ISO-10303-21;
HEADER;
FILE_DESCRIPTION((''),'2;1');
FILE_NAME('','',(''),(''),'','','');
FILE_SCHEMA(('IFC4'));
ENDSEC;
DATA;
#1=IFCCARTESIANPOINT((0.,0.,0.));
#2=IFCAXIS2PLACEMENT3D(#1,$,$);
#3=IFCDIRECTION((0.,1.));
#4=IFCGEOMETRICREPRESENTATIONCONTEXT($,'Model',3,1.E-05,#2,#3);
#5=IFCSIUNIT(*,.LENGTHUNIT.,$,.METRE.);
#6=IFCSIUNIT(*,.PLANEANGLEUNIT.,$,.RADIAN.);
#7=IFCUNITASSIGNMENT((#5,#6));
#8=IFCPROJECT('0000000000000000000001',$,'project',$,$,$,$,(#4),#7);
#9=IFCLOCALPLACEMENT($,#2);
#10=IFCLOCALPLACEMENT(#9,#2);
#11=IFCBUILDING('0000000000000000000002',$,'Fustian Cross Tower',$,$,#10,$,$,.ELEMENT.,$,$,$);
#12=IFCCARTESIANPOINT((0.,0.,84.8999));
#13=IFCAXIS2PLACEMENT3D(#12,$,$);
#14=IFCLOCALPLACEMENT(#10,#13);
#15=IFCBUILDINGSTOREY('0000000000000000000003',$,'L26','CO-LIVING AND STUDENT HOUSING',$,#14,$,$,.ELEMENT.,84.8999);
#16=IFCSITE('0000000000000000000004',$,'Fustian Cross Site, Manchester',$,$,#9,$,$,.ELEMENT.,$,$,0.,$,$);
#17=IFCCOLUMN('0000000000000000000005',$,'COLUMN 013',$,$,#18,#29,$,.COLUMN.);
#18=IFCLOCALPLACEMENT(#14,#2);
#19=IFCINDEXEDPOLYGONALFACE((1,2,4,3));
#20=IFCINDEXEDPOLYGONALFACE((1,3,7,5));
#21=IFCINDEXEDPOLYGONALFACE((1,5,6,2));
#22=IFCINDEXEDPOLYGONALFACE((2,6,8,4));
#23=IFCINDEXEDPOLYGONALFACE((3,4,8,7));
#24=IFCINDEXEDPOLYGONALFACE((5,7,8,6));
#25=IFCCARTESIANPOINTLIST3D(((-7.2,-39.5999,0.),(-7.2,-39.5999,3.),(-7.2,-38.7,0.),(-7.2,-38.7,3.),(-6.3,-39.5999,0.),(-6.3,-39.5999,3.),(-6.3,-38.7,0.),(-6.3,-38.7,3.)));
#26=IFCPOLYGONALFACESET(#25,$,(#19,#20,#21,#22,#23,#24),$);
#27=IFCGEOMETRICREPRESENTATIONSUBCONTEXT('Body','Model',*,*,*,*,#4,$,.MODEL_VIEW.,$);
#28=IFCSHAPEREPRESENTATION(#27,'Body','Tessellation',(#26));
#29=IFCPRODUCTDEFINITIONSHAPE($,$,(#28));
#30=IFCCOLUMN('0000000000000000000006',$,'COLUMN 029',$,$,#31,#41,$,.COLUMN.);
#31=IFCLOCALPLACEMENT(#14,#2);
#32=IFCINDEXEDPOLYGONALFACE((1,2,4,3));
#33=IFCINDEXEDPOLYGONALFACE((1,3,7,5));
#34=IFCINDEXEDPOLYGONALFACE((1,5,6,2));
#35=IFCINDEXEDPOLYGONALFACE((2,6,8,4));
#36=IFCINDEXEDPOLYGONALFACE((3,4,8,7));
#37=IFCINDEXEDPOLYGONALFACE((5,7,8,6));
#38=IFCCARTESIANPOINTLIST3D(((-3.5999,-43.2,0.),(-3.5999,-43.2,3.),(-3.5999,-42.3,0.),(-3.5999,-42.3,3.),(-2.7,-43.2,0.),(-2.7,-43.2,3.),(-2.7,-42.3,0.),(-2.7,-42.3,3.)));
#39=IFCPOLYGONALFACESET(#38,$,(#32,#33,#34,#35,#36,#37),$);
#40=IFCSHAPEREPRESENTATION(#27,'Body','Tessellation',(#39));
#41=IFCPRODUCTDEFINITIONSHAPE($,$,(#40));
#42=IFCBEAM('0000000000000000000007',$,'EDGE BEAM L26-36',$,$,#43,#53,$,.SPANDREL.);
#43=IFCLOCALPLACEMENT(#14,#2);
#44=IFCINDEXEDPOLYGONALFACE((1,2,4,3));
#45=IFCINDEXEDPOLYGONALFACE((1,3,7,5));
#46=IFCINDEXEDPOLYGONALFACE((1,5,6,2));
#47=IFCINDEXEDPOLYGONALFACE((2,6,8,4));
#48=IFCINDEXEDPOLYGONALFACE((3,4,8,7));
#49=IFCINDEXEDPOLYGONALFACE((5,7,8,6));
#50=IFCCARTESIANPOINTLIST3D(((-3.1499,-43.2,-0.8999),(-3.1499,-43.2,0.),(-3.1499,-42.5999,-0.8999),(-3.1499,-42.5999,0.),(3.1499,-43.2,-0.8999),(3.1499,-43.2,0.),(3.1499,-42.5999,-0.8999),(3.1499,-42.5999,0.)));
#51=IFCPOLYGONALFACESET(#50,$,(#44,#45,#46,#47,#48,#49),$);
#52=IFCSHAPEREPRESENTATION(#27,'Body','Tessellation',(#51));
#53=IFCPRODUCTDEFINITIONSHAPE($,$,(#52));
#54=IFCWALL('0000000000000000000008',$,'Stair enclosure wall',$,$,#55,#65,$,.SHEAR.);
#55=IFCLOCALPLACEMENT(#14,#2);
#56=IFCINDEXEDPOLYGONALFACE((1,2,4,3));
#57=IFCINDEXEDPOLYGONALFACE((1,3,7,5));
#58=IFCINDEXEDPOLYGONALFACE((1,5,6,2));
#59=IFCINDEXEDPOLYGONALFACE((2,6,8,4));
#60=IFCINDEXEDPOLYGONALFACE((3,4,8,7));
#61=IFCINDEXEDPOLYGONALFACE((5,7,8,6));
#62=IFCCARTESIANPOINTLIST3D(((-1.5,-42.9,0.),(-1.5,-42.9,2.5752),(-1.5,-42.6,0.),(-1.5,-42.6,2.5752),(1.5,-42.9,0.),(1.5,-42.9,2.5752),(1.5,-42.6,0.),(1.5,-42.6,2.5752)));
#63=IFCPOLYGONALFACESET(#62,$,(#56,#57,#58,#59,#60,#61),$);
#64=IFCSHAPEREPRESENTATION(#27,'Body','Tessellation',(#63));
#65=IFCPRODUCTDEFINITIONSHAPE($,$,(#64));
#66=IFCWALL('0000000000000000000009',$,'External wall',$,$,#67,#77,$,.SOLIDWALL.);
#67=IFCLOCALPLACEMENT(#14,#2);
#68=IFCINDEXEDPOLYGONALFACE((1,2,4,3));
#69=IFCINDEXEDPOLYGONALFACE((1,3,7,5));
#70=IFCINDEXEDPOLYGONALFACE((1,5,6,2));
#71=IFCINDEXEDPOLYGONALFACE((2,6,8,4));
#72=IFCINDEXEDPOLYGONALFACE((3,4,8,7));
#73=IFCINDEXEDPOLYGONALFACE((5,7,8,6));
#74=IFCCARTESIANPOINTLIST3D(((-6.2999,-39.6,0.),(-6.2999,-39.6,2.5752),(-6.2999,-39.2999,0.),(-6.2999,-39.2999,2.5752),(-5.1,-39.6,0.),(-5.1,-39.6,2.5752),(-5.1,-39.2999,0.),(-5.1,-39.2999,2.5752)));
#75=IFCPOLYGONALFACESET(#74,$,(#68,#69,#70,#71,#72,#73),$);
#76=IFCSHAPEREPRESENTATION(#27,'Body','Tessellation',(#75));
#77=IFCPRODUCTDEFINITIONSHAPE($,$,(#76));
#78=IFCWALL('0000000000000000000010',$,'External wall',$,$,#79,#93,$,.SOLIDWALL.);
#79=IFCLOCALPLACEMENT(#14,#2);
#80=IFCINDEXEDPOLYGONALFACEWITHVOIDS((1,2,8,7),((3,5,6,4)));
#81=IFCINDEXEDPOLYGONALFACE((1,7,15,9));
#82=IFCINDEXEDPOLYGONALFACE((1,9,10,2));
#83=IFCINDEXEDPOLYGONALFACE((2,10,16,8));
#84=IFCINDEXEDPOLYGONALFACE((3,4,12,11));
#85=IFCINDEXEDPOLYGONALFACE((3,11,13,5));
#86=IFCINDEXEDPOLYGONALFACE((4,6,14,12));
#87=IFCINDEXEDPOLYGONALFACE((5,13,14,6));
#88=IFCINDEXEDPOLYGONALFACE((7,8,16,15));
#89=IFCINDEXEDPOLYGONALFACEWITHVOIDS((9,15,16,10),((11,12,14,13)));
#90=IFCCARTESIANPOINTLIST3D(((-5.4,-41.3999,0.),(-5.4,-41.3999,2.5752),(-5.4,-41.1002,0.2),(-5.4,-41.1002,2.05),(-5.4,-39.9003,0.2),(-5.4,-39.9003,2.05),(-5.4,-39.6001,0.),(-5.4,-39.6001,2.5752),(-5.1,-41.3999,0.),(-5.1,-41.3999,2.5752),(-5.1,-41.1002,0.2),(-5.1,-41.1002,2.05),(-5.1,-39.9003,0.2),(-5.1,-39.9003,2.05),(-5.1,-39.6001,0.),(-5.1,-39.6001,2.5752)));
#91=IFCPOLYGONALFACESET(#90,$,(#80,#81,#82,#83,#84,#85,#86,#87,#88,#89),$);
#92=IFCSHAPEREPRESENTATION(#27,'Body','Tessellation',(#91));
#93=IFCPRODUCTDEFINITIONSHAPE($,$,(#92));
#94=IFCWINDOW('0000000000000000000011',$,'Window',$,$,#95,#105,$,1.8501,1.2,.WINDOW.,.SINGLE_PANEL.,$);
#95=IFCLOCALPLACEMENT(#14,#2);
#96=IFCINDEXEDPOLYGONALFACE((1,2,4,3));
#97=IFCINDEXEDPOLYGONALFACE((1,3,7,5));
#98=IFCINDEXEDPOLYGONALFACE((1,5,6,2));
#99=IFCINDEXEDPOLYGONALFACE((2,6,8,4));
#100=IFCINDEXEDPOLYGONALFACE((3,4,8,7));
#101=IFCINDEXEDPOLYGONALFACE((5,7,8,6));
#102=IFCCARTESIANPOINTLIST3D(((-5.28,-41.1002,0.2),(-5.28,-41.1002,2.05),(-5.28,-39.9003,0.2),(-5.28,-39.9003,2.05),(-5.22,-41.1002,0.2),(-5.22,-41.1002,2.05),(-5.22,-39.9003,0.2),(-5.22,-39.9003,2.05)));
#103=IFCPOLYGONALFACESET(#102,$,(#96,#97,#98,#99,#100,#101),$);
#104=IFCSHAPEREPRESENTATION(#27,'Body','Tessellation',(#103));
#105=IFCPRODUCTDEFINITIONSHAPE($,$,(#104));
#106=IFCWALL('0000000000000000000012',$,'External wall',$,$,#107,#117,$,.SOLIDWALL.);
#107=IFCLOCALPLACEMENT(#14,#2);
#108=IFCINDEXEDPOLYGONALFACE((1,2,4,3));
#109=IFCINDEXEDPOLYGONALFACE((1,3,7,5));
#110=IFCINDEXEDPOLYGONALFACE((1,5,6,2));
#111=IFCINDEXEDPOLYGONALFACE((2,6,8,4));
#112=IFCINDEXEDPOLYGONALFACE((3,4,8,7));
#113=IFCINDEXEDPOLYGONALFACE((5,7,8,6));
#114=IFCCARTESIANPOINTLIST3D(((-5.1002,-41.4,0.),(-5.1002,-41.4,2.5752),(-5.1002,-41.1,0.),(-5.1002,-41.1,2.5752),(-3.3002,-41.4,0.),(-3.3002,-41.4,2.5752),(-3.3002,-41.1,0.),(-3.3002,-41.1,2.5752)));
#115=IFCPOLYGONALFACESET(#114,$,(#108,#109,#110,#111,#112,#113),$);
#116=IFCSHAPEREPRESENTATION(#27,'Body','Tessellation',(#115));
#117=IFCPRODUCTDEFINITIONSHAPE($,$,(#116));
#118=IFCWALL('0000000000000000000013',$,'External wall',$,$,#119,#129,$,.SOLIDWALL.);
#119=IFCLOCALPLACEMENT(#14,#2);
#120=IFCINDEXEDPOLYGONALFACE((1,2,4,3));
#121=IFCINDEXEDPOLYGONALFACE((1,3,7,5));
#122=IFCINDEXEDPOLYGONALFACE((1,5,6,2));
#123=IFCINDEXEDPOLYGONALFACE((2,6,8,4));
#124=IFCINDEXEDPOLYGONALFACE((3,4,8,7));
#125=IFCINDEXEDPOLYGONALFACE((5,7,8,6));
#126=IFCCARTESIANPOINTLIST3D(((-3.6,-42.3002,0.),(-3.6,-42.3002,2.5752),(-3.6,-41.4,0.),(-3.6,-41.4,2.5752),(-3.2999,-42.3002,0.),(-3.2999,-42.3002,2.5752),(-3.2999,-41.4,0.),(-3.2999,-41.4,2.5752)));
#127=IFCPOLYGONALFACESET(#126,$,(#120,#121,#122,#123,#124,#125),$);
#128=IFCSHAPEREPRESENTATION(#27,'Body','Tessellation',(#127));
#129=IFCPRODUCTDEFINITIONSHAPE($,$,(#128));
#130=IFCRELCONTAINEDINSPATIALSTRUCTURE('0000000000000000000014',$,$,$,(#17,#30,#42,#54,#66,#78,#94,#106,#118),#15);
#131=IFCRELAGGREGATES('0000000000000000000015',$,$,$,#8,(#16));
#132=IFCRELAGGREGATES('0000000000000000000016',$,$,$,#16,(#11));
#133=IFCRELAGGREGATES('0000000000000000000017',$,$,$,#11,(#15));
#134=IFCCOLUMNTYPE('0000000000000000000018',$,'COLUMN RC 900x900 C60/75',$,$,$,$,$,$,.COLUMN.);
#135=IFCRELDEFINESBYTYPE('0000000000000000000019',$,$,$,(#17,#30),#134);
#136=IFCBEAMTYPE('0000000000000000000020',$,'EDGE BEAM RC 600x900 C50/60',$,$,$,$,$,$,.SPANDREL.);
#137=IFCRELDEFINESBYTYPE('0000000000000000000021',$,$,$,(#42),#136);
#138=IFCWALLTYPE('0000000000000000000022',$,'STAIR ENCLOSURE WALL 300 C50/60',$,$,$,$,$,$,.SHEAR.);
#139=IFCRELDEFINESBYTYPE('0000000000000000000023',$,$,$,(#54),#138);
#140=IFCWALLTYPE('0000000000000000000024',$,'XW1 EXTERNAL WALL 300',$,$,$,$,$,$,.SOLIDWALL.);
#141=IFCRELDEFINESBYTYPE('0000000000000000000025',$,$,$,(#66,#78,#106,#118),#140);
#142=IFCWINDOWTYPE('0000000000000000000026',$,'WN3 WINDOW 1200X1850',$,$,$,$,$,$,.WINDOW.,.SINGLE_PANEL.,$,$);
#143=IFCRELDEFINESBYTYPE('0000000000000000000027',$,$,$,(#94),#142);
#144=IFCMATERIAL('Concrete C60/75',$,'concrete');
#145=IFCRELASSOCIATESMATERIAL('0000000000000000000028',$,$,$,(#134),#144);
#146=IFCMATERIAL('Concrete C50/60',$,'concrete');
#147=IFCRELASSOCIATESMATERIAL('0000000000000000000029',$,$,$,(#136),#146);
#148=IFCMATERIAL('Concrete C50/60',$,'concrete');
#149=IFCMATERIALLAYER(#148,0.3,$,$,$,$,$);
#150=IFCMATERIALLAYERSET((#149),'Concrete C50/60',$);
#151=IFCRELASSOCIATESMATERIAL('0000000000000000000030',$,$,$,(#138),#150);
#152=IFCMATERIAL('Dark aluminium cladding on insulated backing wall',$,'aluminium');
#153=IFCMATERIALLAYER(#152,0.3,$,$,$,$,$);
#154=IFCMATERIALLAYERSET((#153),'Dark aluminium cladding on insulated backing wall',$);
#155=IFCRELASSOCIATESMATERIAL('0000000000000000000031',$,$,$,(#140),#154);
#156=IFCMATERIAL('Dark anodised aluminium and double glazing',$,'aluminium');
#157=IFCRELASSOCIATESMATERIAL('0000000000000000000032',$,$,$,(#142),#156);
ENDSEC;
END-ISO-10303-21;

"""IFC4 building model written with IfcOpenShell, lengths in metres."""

from ifc_helpers import new_model, si_unit, direction, frame, frame_2d, origin, origin_2d, place, context, subcontext, project, spatial, rectangle, extrude, material, layer, layer_set, material_profile, profile_set, type_object, element, fill, save


model = new_model("IFC4")

# Units and contexts
model_context = context("Model", 3, precision=1e-05, world=origin(), true_north=direction((0.0, 1.0)))
body_context = subcontext(model_context, "Body", "Model", "MODEL_VIEW")
ifc_project = project(units=[si_unit("LENGTHUNIT", "METRE"), si_unit("PLANEANGLEUNIT", "RADIAN")], contexts=[model_context])

# Site, building, storey
site_placement = place(None, origin())
site = spatial("IfcSite", under=ifc_project, at=site_placement, Name="Fustian Cross Site, Manchester", CompositionType="ELEMENT", RefElevation=0.0)
building_placement = place(site_placement, origin())
building = spatial("IfcBuilding", under=site, at=building_placement, Name="Fustian Cross Tower", CompositionType="ELEMENT")
storey_placement = place(building_placement, frame((0.0, 0.0, 84.8999)))
storey = spatial("IfcBuildingStorey", under=building, at=storey_placement, Name="L26", Description="CO-LIVING AND STUDENT HOUSING", CompositionType="ELEMENT", Elevation=84.8999)

# Columns
ifc_material_1 = material(Name="Concrete C60/75", Category="concrete")
ifc_material_profile_1 = material_profile(ifc_material_1, rectangle(XDim=0.8999, YDim=0.8999, at=origin_2d()), Name="RC 900x900")
ifc_profile_set_1 = profile_set([ifc_material_profile_1], Name="Concrete C60/75")
column_type = type_object("IfcColumnType", Name="COLUMN RC 900x900 C60/75", PredefinedType="COLUMN", material=ifc_profile_set_1)
for number, where, z_axis, x_axis, name in (
    (1, (-6.75, -39.1499, 0.0), (0.0, 0.0, 1.0), (1.0, 0.0, 0.0), "COLUMN 013"),
    (2, (-3.1499, -42.75, 0.0), (0.0, 0.0, 1.0), (1.0, 0.0, 0.0), "COLUMN 029"),
):
    element("IfcColumn", number, at=place(storey_placement, frame(where, z_axis=z_axis, x_axis=x_axis)), inside=storey, type_object=column_type, Name=name, PredefinedType="COLUMN", context=body_context, shape_type="SweptSolid", body=[
        extrude(rectangle(XDim=0.8999, YDim=0.8999, at=origin_2d()), origin(), (0.0, 0.0, 1.0), 3.0),
    ])

# Beam
ifc_material_2 = material(Name="Concrete C50/60", Category="concrete")
ifc_material_profile_2 = material_profile(ifc_material_2, rectangle(XDim=0.6001, YDim=0.8999, at=origin_2d()), Name="RC 600x900")
ifc_profile_set_2 = profile_set([ifc_material_profile_2], Name="Concrete C50/60")
beam_type = type_object("IfcBeamType", Name="EDGE BEAM RC 600x900 C50/60", PredefinedType="SPANDREL", material=ifc_profile_set_2)
beam_placement = place(storey_placement, frame((-3.1499, -42.8999, -0.45), z_axis=(1.0, 0.0, 0.0), x_axis=(0.0, 1.0, 0.0)))
element("IfcBeam", 3, at=beam_placement, inside=storey, type_object=beam_type, Name="EDGE BEAM L26-36", PredefinedType="SPANDREL", context=body_context, shape_type="SweptSolid", body=[
    extrude(rectangle(XDim=0.6001, YDim=0.8999, at=origin_2d()), origin(), (0.0, 0.0, 1.0), 6.2998),
])

# Walls
ifc_material_3 = material(Name="Concrete C50/60", Category="concrete")
ifc_layer_1 = layer(ifc_material_3, 0.3)
ifc_layer_set_1 = layer_set([ifc_layer_1], Name="Concrete C50/60")
wall_type_1 = type_object("IfcWallType", Name="STAIR ENCLOSURE WALL 300 C50/60", PredefinedType="SHEAR", material=ifc_layer_set_1)
wall_1_placement = place(storey_placement, frame((-1.5, -42.75, 0.0), z_axis=(0.0, 0.0, 1.0), x_axis=(1.0, 0.0, 0.0)))
element("IfcWall", 4, at=wall_1_placement, inside=storey, type_object=wall_type_1, Name="Stair enclosure wall", PredefinedType="SHEAR", context=body_context, shape_type="SweptSolid", body=[
    extrude(rectangle(XDim=3.0, YDim=0.3, at=frame_2d((1.5, 0.0))), origin(), (0.0, 0.0, 1.0), 2.5752),
])
ifc_material_4 = material(Name="Dark aluminium cladding on insulated backing wall", Category="aluminium")
ifc_layer_2 = layer(ifc_material_4, 0.3)
ifc_layer_set_2 = layer_set([ifc_layer_2], Name="Dark aluminium cladding on insulated backing wall")
wall_type_2 = type_object("IfcWallType", Name="XW1 EXTERNAL WALL 300", PredefinedType="SOLIDWALL", material=ifc_layer_set_2)
wall_2_placement = place(storey_placement, frame((-6.3, -39.45, 0.0), z_axis=(0.0, 0.0, 1.0), x_axis=(1.0, 0.0, 0.0)))
element("IfcWall", 5, at=wall_2_placement, inside=storey, type_object=wall_type_2, Name="External wall", PredefinedType="SOLIDWALL", context=body_context, shape_type="SweptSolid", body=[
    extrude(rectangle(XDim=1.2, YDim=0.3, at=frame_2d((0.6001, 0.0))), origin(), (0.0, 0.0, 1.0), 2.5752),
])

# Wall, opening, window
wall_3_placement = place(storey_placement, frame((-5.25, -39.6001, 0.0), z_axis=(0.0, 0.0, 1.0), x_axis=(0.0, -1.0, 0.0)))
wall_3 = element("IfcWall", 6, at=wall_3_placement, inside=storey, type_object=wall_type_2, Name="External wall", PredefinedType="SOLIDWALL", context=body_context, shape_type="SweptSolid", body=[
    extrude(rectangle(XDim=1.7998, YDim=0.3, at=frame_2d((0.8999, 0.0))), origin(), (0.0, 0.0, 1.0), 2.5752),
])
opening_1_placement = place(wall_3_placement, frame((0.3, 0.0, 0.2)))
opening_1 = element("IfcOpeningElement", 7, at=opening_1_placement, cuts=wall_3, PredefinedType="OPENING", context=body_context, shape_type="SweptSolid", body=[
    extrude(rectangle(XDim=1.2, YDim=1.8501, at=frame_2d((0.6001, 0.925))), frame((0.0, 0.1599, 0.0), z_axis=(0.0, -1.0, 0.0), x_axis=(1.0, 0.0, 0.0)), (0.0, 0.0, 1.0), 0.3201),
])
ifc_material_5 = material(Name="Dark anodised aluminium and double glazing", Category="aluminium")
window_type_1 = type_object("IfcWindowType", Name="WN3 WINDOW 1200X1850", PartitioningType="SINGLE_PANEL", PredefinedType="WINDOW", material=ifc_material_5)
window_1_placement = place(opening_1_placement, origin())
window_1 = element("IfcWindow", 8, at=window_1_placement, inside=storey, type_object=window_type_1, Name="Window", OverallHeight=1.8501, OverallWidth=1.2, PartitioningType="SINGLE_PANEL", PredefinedType="WINDOW", context=body_context, shape_type="SweptSolid", body=[
    extrude(rectangle(XDim=1.2, YDim=1.8501, at=frame_2d((0.6001, 0.925))), frame((0.0, 0.03, 0.0), z_axis=(0.0, -1.0, 0.0), x_axis=(1.0, 0.0, 0.0)), (0.0, 0.0, 1.0), 0.0601),
])
fill(opening_1, window_1)

# Walls
wall_4_placement = place(storey_placement, frame((-5.1001, -41.25, 0.0), z_axis=(0.0, 0.0, 1.0), x_axis=(1.0, 0.0, 0.0)))
element("IfcWall", 9, at=wall_4_placement, inside=storey, type_object=wall_type_2, Name="External wall", PredefinedType="SOLIDWALL", context=body_context, shape_type="SweptSolid", body=[
    extrude(rectangle(XDim=1.8, YDim=0.3, at=frame_2d((0.8999, 0.0))), origin(), (0.0, 0.0, 1.0), 2.5752),
])
wall_5_placement = place(storey_placement, frame((-3.45, -41.3999, 0.0), z_axis=(0.0, 0.0, 1.0), x_axis=(0.0, -1.0, 0.0)))
element("IfcWall", 10, at=wall_5_placement, inside=storey, type_object=wall_type_2, Name="External wall", PredefinedType="SOLIDWALL", context=body_context, shape_type="SweptSolid", body=[
    extrude(rectangle(XDim=0.9001, YDim=0.3, at=frame_2d((0.4502, 0.0))), origin(), (0.0, 0.0, 1.0), 2.5752),
])

save(model, "model.ifc")
